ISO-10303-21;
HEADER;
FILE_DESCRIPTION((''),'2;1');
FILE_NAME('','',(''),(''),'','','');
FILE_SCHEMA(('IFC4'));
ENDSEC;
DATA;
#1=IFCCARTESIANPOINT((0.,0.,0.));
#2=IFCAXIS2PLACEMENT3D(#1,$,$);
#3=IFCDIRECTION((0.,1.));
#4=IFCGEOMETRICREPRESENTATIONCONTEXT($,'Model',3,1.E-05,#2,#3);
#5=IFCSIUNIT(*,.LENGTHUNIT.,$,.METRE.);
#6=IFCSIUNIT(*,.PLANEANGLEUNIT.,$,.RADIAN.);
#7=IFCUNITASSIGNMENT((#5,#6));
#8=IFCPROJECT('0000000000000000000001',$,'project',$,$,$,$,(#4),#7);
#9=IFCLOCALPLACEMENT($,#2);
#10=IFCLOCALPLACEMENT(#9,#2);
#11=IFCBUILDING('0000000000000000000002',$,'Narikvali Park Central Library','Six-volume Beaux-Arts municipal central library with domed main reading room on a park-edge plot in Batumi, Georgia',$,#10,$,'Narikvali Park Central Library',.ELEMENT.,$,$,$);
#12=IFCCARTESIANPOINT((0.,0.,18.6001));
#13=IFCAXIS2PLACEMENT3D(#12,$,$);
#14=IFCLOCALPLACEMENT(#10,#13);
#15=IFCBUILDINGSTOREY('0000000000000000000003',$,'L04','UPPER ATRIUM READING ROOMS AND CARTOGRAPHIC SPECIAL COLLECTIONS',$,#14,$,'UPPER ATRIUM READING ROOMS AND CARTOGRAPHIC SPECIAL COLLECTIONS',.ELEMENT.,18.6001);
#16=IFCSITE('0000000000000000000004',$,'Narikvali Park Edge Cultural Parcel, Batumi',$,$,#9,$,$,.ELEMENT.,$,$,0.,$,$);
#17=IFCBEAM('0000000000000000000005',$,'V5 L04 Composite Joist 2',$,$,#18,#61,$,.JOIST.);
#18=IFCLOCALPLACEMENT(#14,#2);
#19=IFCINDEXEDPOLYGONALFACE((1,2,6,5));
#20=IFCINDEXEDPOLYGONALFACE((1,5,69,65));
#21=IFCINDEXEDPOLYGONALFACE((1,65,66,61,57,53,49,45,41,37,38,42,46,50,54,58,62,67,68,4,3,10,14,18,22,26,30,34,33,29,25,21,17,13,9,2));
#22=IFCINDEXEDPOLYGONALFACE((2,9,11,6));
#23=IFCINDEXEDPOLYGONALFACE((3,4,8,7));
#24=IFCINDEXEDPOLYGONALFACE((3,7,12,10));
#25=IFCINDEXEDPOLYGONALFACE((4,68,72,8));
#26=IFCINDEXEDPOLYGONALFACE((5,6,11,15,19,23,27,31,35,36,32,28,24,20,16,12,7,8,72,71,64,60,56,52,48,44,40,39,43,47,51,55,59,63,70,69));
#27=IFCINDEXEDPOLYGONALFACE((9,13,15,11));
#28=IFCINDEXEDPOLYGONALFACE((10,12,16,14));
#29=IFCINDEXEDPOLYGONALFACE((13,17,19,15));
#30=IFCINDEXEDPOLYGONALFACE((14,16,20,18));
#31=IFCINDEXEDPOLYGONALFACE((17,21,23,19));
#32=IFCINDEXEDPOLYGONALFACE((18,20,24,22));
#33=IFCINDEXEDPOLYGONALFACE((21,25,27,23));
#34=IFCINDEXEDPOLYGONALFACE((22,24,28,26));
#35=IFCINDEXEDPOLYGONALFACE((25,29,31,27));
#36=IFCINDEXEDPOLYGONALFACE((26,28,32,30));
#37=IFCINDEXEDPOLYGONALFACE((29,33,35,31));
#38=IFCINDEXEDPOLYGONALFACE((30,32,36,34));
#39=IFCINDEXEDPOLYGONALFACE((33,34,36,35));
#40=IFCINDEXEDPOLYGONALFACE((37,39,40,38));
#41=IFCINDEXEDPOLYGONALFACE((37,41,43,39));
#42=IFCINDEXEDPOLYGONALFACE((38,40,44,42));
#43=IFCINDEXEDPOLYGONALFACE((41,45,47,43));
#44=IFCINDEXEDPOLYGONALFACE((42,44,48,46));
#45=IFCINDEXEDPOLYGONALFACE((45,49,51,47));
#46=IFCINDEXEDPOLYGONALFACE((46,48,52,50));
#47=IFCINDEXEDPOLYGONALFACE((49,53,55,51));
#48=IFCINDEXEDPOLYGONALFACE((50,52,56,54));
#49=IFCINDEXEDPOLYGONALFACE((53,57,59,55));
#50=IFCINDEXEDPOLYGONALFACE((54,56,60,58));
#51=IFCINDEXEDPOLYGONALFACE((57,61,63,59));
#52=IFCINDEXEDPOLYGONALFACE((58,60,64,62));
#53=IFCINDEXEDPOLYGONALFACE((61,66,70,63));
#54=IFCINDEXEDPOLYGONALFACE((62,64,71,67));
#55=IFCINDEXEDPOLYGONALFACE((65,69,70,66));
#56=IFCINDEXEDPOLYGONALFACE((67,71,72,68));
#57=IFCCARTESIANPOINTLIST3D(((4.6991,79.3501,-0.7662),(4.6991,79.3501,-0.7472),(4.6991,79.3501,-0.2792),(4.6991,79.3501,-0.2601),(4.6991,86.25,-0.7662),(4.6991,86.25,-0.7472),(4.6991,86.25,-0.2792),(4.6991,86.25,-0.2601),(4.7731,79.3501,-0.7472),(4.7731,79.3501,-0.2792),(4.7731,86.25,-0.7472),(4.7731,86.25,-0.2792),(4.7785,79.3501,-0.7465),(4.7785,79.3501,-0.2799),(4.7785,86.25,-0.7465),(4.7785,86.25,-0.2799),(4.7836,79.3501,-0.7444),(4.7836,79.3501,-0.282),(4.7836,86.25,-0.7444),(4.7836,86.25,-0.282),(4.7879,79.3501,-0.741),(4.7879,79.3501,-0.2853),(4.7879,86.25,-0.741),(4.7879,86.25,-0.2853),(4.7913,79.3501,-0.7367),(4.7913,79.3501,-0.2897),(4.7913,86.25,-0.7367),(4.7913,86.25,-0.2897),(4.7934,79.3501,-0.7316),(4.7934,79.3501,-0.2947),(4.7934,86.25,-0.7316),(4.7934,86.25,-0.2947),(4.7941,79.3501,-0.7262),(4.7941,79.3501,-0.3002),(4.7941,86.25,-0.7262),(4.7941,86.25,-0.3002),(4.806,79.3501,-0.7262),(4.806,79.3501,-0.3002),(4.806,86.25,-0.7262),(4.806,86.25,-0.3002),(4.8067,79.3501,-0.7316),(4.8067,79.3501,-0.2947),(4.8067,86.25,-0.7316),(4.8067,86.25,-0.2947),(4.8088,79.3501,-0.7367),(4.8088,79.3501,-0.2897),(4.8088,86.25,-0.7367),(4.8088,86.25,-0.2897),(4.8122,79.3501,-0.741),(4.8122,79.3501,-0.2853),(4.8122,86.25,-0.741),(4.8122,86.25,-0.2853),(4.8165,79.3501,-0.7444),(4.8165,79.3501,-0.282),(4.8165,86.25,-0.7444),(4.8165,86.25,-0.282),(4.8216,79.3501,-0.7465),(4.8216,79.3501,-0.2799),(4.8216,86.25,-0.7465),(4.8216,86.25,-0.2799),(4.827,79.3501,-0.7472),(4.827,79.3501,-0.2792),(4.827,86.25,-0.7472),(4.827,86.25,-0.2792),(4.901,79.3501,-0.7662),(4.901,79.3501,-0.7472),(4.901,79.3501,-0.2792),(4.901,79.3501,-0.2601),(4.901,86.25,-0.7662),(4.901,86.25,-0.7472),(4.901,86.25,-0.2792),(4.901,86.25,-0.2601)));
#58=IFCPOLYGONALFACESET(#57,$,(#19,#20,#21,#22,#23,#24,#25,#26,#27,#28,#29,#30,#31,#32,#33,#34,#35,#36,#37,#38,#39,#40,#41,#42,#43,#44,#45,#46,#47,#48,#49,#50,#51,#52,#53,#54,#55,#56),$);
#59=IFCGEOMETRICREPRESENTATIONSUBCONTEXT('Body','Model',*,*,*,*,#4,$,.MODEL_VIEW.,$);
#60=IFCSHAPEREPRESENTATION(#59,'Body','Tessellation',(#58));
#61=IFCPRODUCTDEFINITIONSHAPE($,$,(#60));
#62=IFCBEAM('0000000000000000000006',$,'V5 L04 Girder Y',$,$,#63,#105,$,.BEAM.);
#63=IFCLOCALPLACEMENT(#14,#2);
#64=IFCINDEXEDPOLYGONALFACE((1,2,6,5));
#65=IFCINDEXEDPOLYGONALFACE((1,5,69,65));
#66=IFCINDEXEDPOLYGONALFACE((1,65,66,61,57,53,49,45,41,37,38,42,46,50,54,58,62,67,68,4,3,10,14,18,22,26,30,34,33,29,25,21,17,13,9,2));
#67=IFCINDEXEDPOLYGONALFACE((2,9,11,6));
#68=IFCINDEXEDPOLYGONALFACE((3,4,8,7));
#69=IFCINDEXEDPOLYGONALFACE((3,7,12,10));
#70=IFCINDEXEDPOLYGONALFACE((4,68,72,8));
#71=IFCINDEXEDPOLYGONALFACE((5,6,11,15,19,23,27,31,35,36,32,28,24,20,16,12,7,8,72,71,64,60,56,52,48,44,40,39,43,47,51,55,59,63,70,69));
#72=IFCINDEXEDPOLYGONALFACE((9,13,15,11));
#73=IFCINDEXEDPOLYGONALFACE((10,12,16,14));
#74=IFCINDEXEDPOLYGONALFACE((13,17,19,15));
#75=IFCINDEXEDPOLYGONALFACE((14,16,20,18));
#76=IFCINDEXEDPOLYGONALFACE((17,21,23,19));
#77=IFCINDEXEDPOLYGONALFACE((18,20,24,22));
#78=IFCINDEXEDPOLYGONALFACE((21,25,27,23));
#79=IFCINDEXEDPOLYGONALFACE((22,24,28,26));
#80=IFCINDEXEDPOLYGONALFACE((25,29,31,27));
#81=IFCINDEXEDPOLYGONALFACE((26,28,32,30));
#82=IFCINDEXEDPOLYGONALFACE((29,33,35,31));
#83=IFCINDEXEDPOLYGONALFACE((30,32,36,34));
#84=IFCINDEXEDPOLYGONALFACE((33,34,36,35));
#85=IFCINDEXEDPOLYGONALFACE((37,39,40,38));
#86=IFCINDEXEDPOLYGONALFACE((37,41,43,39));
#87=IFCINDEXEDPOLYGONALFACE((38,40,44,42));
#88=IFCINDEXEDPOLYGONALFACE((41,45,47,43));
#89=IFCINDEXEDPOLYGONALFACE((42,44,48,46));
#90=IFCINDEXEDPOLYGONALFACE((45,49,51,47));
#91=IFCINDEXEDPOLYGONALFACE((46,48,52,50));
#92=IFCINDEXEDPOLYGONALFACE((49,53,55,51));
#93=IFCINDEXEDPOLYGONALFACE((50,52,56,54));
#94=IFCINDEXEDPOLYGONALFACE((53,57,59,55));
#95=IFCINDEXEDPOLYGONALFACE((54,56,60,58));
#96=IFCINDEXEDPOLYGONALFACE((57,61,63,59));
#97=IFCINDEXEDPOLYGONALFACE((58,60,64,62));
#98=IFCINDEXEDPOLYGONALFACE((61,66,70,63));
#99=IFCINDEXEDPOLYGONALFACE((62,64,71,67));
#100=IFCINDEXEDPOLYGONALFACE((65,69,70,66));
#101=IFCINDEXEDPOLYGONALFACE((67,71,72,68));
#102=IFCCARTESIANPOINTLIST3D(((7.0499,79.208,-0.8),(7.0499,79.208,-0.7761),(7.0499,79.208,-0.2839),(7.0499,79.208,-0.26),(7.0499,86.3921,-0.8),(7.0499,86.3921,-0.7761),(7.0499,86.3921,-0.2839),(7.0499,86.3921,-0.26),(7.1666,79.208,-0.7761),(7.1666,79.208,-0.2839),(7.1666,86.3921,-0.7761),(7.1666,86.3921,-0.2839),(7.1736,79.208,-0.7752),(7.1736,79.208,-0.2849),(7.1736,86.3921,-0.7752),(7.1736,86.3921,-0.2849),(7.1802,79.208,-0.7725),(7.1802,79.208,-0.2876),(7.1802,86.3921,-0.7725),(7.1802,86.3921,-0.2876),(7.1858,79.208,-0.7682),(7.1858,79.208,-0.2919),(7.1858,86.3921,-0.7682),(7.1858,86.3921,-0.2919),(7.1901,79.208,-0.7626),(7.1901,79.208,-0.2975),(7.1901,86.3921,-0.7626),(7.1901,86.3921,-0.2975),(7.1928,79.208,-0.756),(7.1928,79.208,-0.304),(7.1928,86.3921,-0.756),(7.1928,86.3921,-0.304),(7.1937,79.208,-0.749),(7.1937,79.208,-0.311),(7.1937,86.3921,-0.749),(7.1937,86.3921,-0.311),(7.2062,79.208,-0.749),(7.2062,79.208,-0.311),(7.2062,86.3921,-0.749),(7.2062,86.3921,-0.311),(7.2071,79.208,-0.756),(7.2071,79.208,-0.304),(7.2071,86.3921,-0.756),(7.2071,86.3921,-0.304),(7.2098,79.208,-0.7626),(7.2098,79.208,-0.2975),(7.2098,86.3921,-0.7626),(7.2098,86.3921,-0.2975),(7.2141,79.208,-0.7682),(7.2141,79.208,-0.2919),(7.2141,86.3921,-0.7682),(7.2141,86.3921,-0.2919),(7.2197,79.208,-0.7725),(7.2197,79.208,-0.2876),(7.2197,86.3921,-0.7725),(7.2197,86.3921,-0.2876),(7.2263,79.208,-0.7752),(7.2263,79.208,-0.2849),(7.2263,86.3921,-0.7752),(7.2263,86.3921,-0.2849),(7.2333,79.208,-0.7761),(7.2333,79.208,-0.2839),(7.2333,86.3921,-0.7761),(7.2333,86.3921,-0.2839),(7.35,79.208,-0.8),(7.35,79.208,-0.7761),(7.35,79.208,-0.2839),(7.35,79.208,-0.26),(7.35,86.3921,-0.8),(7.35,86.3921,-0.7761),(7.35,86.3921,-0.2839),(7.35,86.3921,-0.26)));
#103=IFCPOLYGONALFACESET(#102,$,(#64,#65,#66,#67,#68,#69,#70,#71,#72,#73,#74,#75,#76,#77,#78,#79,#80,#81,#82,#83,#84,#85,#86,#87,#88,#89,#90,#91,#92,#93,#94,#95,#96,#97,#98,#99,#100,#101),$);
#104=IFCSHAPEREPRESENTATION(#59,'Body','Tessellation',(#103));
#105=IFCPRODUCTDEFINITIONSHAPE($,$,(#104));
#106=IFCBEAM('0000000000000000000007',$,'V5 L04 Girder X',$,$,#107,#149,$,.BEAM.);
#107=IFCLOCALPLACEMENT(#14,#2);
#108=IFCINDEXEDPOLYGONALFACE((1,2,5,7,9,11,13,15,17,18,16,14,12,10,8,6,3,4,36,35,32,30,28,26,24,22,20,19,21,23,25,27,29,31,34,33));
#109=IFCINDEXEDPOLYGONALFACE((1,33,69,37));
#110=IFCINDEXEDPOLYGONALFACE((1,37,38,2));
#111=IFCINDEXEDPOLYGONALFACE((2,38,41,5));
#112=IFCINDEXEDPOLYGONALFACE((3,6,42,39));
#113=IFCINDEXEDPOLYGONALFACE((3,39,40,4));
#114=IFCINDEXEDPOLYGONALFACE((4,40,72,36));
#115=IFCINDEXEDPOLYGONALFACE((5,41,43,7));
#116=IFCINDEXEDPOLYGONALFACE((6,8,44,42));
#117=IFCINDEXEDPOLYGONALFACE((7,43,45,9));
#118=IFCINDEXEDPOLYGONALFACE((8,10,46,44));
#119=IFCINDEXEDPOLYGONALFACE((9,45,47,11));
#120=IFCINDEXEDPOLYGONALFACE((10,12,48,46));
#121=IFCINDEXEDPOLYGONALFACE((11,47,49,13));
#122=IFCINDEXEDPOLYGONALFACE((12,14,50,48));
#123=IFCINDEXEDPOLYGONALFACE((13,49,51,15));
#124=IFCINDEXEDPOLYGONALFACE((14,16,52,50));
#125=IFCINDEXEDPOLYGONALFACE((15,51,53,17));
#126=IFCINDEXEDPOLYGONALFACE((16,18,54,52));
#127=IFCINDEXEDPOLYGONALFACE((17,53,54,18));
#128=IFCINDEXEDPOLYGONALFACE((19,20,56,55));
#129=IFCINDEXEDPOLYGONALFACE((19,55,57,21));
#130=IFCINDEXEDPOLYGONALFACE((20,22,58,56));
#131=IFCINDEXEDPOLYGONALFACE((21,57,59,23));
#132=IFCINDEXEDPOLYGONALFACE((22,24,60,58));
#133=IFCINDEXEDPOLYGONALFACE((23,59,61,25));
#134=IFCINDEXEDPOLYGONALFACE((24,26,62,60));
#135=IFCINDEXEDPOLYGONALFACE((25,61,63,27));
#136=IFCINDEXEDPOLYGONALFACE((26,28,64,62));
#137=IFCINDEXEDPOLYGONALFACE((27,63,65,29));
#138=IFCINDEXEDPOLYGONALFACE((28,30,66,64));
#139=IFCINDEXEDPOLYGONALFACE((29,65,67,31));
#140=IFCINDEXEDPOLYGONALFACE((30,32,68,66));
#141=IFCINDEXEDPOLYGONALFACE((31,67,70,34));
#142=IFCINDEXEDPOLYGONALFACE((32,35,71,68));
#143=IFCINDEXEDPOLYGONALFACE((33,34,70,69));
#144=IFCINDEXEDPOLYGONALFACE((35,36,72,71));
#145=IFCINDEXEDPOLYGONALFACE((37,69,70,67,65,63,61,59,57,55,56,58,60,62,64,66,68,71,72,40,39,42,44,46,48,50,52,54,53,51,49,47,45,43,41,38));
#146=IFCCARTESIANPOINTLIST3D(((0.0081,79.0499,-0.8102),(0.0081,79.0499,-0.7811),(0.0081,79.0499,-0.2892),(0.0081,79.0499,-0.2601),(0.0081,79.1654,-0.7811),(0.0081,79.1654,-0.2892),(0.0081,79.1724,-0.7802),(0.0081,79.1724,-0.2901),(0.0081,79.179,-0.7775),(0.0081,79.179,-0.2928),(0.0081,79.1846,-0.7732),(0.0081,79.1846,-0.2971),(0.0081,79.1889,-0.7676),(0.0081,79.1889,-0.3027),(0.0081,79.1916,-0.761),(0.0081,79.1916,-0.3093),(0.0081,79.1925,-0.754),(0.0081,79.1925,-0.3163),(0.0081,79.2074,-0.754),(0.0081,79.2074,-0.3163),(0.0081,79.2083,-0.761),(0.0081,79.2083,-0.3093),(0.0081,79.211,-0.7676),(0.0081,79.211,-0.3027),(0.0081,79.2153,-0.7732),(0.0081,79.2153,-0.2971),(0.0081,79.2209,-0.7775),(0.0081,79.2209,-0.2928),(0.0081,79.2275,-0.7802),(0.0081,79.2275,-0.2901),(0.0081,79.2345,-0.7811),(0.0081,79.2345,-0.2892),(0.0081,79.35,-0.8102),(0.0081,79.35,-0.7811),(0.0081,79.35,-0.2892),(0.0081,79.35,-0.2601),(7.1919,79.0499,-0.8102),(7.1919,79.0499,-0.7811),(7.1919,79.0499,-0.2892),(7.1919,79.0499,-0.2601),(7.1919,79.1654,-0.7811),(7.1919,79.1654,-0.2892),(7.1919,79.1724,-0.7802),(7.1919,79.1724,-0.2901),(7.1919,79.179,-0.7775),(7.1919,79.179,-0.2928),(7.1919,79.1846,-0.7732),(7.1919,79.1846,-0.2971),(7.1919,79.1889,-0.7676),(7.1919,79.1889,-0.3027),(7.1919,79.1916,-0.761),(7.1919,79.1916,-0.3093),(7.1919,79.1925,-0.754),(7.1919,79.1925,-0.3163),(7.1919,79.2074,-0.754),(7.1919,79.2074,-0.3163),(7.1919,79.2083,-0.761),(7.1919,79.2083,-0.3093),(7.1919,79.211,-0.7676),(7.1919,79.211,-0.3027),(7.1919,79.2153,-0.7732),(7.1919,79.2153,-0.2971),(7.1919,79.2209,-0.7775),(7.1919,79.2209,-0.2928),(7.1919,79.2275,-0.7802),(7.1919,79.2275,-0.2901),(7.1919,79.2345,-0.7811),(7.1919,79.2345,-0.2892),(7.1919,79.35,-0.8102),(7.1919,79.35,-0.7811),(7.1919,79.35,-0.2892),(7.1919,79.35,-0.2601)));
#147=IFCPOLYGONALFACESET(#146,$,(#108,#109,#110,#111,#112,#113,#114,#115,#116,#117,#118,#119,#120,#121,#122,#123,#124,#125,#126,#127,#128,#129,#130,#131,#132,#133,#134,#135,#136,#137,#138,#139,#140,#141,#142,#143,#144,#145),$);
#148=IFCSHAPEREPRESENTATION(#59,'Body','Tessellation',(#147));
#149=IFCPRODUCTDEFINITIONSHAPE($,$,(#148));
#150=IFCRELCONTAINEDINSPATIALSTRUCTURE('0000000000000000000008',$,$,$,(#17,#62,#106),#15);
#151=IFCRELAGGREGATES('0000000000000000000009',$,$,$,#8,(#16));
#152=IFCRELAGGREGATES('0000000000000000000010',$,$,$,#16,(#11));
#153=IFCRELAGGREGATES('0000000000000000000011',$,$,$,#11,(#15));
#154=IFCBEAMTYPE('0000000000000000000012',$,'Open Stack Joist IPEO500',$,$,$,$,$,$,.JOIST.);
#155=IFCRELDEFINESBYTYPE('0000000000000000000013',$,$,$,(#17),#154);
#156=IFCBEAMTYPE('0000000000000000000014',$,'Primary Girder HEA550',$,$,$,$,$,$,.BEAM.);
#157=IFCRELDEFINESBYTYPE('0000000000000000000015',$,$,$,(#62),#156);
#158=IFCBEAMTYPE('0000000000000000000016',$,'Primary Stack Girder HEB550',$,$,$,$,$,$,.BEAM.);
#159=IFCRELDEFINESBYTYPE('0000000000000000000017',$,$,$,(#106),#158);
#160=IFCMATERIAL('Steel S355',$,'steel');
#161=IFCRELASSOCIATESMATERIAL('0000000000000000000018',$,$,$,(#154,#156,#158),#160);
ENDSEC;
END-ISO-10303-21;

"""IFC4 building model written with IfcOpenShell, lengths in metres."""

from ifc_helpers import new_model, si_unit, direction, frame, origin, origin_2d, place, context, subcontext, project, spatial, i_section, extrude, material, material_profile, profile_set, type_object, element, save


model = new_model("IFC4")

# Units and contexts
model_context = context("Model", 3, precision=1e-05, world=origin(), true_north=direction((0.0, 1.0)))
body_context = subcontext(model_context, "Body", "Model", "MODEL_VIEW")
ifc_project = project(units=[si_unit("LENGTHUNIT", "METRE"), si_unit("PLANEANGLEUNIT", "RADIAN")], contexts=[model_context])

# Site, building, storey
site_placement = place(None, origin())
site = spatial("IfcSite", under=ifc_project, at=site_placement, Name="Narikvali Park Edge Cultural Parcel, Batumi", CompositionType="ELEMENT", RefElevation=0.0)
building_placement = place(site_placement, origin())
building = spatial("IfcBuilding", under=site, at=building_placement, Name="Narikvali Park Central Library", Description="Six-volume Beaux-Arts municipal central library with domed main reading room on a park-edge plot in Batumi, Georgia", LongName="Narikvali Park Central Library", CompositionType="ELEMENT")
storey_placement = place(building_placement, frame((0.0, 0.0, 18.6001)))
storey = spatial("IfcBuildingStorey", under=building, at=storey_placement, Name="L04", Description="UPPER ATRIUM READING ROOMS AND CARTOGRAPHIC SPECIAL COLLECTIONS", LongName="UPPER ATRIUM READING ROOMS AND CARTOGRAPHIC SPECIAL COLLECTIONS", CompositionType="ELEMENT", Elevation=18.6001)

# Shared definitions
ifc_material_1 = material(Name="Steel S355", Category="steel")

# Beams
ifc_material_profile_1 = material_profile(ifc_material_1, i_section(OverallWidth=0.2019, OverallDepth=0.5061, WebThickness=0.012, FlangeThickness=0.019, FilletRadius=0.021, at=origin_2d()), Name="IPEO 500")
ifc_profile_set_1 = profile_set([ifc_material_profile_1], Name="Steel S355")
beam_type_1 = type_object("IfcBeamType", Name="Open Stack Joist IPEO500", PredefinedType="JOIST", material=ifc_profile_set_1)
for number, where, z_axis, x_axis, name in (
    (1, (4.8, 79.3501, -0.5132), (0.0, 1.0, 0.0), (-1.0, 0.0, 0.0), "V5 L04 Composite Joist 2"),
):
    element("IfcBeam", number, at=place(storey_placement, frame(where, z_axis=z_axis, x_axis=x_axis)), inside=storey, type_object=beam_type_1, Name=name, PredefinedType="JOIST", context=body_context, shape_type="SweptSolid", body=[
        extrude(i_section(OverallWidth=0.2019, OverallDepth=0.5061, WebThickness=0.012, FlangeThickness=0.019, FilletRadius=0.021, at=origin_2d()), origin(), (0.0, 0.0, 1.0), 6.8999),
    ])
ifc_material_profile_2 = material_profile(ifc_material_1, i_section(OverallWidth=0.3, OverallDepth=0.54, WebThickness=0.0125, FlangeThickness=0.0239, FilletRadius=0.0271, at=origin_2d()), Name="HEA 550")
ifc_profile_set_2 = profile_set([ifc_material_profile_2], Name="Steel S355")
beam_type_2 = type_object("IfcBeamType", Name="Primary Girder HEA550", PredefinedType="BEAM", material=ifc_profile_set_2)
beam_1_placement = place(storey_placement, frame((7.2, 79.208, -0.53), z_axis=(0.0, 1.0, 0.0), x_axis=(-1.0, 0.0, 0.0)))
element("IfcBeam", 2, at=beam_1_placement, inside=storey, type_object=beam_type_2, Name="V5 L04 Girder Y", PredefinedType="BEAM", context=body_context, shape_type="SweptSolid", body=[
    extrude(i_section(OverallWidth=0.3, OverallDepth=0.54, WebThickness=0.0125, FlangeThickness=0.0239, FilletRadius=0.0271, at=origin_2d()), origin(), (0.0, 0.0, 1.0), 7.1841),
])
ifc_material_profile_3 = material_profile(ifc_material_1, i_section(OverallWidth=0.3, OverallDepth=0.55, WebThickness=0.0149, FlangeThickness=0.0291, FilletRadius=0.0271, at=origin_2d()), Name="HEB 550")
ifc_profile_set_3 = profile_set([ifc_material_profile_3], Name="Steel S355")
beam_type_3 = type_object("IfcBeamType", Name="Primary Stack Girder HEB550", PredefinedType="BEAM", material=ifc_profile_set_3)
beam_2_placement = place(storey_placement, frame((0.0081, 79.2, -0.5352), z_axis=(1.0, 0.0, 0.0), x_axis=(0.0, 1.0, 0.0)))
element("IfcBeam", 3, at=beam_2_placement, inside=storey, type_object=beam_type_3, Name="V5 L04 Girder X", PredefinedType="BEAM", context=body_context, shape_type="SweptSolid", body=[
    extrude(i_section(OverallWidth=0.3, OverallDepth=0.55, WebThickness=0.0149, FlangeThickness=0.0291, FilletRadius=0.0271, at=origin_2d()), origin(), (0.0, 0.0, 1.0), 7.1838),
])

save(model, "model.ifc")
